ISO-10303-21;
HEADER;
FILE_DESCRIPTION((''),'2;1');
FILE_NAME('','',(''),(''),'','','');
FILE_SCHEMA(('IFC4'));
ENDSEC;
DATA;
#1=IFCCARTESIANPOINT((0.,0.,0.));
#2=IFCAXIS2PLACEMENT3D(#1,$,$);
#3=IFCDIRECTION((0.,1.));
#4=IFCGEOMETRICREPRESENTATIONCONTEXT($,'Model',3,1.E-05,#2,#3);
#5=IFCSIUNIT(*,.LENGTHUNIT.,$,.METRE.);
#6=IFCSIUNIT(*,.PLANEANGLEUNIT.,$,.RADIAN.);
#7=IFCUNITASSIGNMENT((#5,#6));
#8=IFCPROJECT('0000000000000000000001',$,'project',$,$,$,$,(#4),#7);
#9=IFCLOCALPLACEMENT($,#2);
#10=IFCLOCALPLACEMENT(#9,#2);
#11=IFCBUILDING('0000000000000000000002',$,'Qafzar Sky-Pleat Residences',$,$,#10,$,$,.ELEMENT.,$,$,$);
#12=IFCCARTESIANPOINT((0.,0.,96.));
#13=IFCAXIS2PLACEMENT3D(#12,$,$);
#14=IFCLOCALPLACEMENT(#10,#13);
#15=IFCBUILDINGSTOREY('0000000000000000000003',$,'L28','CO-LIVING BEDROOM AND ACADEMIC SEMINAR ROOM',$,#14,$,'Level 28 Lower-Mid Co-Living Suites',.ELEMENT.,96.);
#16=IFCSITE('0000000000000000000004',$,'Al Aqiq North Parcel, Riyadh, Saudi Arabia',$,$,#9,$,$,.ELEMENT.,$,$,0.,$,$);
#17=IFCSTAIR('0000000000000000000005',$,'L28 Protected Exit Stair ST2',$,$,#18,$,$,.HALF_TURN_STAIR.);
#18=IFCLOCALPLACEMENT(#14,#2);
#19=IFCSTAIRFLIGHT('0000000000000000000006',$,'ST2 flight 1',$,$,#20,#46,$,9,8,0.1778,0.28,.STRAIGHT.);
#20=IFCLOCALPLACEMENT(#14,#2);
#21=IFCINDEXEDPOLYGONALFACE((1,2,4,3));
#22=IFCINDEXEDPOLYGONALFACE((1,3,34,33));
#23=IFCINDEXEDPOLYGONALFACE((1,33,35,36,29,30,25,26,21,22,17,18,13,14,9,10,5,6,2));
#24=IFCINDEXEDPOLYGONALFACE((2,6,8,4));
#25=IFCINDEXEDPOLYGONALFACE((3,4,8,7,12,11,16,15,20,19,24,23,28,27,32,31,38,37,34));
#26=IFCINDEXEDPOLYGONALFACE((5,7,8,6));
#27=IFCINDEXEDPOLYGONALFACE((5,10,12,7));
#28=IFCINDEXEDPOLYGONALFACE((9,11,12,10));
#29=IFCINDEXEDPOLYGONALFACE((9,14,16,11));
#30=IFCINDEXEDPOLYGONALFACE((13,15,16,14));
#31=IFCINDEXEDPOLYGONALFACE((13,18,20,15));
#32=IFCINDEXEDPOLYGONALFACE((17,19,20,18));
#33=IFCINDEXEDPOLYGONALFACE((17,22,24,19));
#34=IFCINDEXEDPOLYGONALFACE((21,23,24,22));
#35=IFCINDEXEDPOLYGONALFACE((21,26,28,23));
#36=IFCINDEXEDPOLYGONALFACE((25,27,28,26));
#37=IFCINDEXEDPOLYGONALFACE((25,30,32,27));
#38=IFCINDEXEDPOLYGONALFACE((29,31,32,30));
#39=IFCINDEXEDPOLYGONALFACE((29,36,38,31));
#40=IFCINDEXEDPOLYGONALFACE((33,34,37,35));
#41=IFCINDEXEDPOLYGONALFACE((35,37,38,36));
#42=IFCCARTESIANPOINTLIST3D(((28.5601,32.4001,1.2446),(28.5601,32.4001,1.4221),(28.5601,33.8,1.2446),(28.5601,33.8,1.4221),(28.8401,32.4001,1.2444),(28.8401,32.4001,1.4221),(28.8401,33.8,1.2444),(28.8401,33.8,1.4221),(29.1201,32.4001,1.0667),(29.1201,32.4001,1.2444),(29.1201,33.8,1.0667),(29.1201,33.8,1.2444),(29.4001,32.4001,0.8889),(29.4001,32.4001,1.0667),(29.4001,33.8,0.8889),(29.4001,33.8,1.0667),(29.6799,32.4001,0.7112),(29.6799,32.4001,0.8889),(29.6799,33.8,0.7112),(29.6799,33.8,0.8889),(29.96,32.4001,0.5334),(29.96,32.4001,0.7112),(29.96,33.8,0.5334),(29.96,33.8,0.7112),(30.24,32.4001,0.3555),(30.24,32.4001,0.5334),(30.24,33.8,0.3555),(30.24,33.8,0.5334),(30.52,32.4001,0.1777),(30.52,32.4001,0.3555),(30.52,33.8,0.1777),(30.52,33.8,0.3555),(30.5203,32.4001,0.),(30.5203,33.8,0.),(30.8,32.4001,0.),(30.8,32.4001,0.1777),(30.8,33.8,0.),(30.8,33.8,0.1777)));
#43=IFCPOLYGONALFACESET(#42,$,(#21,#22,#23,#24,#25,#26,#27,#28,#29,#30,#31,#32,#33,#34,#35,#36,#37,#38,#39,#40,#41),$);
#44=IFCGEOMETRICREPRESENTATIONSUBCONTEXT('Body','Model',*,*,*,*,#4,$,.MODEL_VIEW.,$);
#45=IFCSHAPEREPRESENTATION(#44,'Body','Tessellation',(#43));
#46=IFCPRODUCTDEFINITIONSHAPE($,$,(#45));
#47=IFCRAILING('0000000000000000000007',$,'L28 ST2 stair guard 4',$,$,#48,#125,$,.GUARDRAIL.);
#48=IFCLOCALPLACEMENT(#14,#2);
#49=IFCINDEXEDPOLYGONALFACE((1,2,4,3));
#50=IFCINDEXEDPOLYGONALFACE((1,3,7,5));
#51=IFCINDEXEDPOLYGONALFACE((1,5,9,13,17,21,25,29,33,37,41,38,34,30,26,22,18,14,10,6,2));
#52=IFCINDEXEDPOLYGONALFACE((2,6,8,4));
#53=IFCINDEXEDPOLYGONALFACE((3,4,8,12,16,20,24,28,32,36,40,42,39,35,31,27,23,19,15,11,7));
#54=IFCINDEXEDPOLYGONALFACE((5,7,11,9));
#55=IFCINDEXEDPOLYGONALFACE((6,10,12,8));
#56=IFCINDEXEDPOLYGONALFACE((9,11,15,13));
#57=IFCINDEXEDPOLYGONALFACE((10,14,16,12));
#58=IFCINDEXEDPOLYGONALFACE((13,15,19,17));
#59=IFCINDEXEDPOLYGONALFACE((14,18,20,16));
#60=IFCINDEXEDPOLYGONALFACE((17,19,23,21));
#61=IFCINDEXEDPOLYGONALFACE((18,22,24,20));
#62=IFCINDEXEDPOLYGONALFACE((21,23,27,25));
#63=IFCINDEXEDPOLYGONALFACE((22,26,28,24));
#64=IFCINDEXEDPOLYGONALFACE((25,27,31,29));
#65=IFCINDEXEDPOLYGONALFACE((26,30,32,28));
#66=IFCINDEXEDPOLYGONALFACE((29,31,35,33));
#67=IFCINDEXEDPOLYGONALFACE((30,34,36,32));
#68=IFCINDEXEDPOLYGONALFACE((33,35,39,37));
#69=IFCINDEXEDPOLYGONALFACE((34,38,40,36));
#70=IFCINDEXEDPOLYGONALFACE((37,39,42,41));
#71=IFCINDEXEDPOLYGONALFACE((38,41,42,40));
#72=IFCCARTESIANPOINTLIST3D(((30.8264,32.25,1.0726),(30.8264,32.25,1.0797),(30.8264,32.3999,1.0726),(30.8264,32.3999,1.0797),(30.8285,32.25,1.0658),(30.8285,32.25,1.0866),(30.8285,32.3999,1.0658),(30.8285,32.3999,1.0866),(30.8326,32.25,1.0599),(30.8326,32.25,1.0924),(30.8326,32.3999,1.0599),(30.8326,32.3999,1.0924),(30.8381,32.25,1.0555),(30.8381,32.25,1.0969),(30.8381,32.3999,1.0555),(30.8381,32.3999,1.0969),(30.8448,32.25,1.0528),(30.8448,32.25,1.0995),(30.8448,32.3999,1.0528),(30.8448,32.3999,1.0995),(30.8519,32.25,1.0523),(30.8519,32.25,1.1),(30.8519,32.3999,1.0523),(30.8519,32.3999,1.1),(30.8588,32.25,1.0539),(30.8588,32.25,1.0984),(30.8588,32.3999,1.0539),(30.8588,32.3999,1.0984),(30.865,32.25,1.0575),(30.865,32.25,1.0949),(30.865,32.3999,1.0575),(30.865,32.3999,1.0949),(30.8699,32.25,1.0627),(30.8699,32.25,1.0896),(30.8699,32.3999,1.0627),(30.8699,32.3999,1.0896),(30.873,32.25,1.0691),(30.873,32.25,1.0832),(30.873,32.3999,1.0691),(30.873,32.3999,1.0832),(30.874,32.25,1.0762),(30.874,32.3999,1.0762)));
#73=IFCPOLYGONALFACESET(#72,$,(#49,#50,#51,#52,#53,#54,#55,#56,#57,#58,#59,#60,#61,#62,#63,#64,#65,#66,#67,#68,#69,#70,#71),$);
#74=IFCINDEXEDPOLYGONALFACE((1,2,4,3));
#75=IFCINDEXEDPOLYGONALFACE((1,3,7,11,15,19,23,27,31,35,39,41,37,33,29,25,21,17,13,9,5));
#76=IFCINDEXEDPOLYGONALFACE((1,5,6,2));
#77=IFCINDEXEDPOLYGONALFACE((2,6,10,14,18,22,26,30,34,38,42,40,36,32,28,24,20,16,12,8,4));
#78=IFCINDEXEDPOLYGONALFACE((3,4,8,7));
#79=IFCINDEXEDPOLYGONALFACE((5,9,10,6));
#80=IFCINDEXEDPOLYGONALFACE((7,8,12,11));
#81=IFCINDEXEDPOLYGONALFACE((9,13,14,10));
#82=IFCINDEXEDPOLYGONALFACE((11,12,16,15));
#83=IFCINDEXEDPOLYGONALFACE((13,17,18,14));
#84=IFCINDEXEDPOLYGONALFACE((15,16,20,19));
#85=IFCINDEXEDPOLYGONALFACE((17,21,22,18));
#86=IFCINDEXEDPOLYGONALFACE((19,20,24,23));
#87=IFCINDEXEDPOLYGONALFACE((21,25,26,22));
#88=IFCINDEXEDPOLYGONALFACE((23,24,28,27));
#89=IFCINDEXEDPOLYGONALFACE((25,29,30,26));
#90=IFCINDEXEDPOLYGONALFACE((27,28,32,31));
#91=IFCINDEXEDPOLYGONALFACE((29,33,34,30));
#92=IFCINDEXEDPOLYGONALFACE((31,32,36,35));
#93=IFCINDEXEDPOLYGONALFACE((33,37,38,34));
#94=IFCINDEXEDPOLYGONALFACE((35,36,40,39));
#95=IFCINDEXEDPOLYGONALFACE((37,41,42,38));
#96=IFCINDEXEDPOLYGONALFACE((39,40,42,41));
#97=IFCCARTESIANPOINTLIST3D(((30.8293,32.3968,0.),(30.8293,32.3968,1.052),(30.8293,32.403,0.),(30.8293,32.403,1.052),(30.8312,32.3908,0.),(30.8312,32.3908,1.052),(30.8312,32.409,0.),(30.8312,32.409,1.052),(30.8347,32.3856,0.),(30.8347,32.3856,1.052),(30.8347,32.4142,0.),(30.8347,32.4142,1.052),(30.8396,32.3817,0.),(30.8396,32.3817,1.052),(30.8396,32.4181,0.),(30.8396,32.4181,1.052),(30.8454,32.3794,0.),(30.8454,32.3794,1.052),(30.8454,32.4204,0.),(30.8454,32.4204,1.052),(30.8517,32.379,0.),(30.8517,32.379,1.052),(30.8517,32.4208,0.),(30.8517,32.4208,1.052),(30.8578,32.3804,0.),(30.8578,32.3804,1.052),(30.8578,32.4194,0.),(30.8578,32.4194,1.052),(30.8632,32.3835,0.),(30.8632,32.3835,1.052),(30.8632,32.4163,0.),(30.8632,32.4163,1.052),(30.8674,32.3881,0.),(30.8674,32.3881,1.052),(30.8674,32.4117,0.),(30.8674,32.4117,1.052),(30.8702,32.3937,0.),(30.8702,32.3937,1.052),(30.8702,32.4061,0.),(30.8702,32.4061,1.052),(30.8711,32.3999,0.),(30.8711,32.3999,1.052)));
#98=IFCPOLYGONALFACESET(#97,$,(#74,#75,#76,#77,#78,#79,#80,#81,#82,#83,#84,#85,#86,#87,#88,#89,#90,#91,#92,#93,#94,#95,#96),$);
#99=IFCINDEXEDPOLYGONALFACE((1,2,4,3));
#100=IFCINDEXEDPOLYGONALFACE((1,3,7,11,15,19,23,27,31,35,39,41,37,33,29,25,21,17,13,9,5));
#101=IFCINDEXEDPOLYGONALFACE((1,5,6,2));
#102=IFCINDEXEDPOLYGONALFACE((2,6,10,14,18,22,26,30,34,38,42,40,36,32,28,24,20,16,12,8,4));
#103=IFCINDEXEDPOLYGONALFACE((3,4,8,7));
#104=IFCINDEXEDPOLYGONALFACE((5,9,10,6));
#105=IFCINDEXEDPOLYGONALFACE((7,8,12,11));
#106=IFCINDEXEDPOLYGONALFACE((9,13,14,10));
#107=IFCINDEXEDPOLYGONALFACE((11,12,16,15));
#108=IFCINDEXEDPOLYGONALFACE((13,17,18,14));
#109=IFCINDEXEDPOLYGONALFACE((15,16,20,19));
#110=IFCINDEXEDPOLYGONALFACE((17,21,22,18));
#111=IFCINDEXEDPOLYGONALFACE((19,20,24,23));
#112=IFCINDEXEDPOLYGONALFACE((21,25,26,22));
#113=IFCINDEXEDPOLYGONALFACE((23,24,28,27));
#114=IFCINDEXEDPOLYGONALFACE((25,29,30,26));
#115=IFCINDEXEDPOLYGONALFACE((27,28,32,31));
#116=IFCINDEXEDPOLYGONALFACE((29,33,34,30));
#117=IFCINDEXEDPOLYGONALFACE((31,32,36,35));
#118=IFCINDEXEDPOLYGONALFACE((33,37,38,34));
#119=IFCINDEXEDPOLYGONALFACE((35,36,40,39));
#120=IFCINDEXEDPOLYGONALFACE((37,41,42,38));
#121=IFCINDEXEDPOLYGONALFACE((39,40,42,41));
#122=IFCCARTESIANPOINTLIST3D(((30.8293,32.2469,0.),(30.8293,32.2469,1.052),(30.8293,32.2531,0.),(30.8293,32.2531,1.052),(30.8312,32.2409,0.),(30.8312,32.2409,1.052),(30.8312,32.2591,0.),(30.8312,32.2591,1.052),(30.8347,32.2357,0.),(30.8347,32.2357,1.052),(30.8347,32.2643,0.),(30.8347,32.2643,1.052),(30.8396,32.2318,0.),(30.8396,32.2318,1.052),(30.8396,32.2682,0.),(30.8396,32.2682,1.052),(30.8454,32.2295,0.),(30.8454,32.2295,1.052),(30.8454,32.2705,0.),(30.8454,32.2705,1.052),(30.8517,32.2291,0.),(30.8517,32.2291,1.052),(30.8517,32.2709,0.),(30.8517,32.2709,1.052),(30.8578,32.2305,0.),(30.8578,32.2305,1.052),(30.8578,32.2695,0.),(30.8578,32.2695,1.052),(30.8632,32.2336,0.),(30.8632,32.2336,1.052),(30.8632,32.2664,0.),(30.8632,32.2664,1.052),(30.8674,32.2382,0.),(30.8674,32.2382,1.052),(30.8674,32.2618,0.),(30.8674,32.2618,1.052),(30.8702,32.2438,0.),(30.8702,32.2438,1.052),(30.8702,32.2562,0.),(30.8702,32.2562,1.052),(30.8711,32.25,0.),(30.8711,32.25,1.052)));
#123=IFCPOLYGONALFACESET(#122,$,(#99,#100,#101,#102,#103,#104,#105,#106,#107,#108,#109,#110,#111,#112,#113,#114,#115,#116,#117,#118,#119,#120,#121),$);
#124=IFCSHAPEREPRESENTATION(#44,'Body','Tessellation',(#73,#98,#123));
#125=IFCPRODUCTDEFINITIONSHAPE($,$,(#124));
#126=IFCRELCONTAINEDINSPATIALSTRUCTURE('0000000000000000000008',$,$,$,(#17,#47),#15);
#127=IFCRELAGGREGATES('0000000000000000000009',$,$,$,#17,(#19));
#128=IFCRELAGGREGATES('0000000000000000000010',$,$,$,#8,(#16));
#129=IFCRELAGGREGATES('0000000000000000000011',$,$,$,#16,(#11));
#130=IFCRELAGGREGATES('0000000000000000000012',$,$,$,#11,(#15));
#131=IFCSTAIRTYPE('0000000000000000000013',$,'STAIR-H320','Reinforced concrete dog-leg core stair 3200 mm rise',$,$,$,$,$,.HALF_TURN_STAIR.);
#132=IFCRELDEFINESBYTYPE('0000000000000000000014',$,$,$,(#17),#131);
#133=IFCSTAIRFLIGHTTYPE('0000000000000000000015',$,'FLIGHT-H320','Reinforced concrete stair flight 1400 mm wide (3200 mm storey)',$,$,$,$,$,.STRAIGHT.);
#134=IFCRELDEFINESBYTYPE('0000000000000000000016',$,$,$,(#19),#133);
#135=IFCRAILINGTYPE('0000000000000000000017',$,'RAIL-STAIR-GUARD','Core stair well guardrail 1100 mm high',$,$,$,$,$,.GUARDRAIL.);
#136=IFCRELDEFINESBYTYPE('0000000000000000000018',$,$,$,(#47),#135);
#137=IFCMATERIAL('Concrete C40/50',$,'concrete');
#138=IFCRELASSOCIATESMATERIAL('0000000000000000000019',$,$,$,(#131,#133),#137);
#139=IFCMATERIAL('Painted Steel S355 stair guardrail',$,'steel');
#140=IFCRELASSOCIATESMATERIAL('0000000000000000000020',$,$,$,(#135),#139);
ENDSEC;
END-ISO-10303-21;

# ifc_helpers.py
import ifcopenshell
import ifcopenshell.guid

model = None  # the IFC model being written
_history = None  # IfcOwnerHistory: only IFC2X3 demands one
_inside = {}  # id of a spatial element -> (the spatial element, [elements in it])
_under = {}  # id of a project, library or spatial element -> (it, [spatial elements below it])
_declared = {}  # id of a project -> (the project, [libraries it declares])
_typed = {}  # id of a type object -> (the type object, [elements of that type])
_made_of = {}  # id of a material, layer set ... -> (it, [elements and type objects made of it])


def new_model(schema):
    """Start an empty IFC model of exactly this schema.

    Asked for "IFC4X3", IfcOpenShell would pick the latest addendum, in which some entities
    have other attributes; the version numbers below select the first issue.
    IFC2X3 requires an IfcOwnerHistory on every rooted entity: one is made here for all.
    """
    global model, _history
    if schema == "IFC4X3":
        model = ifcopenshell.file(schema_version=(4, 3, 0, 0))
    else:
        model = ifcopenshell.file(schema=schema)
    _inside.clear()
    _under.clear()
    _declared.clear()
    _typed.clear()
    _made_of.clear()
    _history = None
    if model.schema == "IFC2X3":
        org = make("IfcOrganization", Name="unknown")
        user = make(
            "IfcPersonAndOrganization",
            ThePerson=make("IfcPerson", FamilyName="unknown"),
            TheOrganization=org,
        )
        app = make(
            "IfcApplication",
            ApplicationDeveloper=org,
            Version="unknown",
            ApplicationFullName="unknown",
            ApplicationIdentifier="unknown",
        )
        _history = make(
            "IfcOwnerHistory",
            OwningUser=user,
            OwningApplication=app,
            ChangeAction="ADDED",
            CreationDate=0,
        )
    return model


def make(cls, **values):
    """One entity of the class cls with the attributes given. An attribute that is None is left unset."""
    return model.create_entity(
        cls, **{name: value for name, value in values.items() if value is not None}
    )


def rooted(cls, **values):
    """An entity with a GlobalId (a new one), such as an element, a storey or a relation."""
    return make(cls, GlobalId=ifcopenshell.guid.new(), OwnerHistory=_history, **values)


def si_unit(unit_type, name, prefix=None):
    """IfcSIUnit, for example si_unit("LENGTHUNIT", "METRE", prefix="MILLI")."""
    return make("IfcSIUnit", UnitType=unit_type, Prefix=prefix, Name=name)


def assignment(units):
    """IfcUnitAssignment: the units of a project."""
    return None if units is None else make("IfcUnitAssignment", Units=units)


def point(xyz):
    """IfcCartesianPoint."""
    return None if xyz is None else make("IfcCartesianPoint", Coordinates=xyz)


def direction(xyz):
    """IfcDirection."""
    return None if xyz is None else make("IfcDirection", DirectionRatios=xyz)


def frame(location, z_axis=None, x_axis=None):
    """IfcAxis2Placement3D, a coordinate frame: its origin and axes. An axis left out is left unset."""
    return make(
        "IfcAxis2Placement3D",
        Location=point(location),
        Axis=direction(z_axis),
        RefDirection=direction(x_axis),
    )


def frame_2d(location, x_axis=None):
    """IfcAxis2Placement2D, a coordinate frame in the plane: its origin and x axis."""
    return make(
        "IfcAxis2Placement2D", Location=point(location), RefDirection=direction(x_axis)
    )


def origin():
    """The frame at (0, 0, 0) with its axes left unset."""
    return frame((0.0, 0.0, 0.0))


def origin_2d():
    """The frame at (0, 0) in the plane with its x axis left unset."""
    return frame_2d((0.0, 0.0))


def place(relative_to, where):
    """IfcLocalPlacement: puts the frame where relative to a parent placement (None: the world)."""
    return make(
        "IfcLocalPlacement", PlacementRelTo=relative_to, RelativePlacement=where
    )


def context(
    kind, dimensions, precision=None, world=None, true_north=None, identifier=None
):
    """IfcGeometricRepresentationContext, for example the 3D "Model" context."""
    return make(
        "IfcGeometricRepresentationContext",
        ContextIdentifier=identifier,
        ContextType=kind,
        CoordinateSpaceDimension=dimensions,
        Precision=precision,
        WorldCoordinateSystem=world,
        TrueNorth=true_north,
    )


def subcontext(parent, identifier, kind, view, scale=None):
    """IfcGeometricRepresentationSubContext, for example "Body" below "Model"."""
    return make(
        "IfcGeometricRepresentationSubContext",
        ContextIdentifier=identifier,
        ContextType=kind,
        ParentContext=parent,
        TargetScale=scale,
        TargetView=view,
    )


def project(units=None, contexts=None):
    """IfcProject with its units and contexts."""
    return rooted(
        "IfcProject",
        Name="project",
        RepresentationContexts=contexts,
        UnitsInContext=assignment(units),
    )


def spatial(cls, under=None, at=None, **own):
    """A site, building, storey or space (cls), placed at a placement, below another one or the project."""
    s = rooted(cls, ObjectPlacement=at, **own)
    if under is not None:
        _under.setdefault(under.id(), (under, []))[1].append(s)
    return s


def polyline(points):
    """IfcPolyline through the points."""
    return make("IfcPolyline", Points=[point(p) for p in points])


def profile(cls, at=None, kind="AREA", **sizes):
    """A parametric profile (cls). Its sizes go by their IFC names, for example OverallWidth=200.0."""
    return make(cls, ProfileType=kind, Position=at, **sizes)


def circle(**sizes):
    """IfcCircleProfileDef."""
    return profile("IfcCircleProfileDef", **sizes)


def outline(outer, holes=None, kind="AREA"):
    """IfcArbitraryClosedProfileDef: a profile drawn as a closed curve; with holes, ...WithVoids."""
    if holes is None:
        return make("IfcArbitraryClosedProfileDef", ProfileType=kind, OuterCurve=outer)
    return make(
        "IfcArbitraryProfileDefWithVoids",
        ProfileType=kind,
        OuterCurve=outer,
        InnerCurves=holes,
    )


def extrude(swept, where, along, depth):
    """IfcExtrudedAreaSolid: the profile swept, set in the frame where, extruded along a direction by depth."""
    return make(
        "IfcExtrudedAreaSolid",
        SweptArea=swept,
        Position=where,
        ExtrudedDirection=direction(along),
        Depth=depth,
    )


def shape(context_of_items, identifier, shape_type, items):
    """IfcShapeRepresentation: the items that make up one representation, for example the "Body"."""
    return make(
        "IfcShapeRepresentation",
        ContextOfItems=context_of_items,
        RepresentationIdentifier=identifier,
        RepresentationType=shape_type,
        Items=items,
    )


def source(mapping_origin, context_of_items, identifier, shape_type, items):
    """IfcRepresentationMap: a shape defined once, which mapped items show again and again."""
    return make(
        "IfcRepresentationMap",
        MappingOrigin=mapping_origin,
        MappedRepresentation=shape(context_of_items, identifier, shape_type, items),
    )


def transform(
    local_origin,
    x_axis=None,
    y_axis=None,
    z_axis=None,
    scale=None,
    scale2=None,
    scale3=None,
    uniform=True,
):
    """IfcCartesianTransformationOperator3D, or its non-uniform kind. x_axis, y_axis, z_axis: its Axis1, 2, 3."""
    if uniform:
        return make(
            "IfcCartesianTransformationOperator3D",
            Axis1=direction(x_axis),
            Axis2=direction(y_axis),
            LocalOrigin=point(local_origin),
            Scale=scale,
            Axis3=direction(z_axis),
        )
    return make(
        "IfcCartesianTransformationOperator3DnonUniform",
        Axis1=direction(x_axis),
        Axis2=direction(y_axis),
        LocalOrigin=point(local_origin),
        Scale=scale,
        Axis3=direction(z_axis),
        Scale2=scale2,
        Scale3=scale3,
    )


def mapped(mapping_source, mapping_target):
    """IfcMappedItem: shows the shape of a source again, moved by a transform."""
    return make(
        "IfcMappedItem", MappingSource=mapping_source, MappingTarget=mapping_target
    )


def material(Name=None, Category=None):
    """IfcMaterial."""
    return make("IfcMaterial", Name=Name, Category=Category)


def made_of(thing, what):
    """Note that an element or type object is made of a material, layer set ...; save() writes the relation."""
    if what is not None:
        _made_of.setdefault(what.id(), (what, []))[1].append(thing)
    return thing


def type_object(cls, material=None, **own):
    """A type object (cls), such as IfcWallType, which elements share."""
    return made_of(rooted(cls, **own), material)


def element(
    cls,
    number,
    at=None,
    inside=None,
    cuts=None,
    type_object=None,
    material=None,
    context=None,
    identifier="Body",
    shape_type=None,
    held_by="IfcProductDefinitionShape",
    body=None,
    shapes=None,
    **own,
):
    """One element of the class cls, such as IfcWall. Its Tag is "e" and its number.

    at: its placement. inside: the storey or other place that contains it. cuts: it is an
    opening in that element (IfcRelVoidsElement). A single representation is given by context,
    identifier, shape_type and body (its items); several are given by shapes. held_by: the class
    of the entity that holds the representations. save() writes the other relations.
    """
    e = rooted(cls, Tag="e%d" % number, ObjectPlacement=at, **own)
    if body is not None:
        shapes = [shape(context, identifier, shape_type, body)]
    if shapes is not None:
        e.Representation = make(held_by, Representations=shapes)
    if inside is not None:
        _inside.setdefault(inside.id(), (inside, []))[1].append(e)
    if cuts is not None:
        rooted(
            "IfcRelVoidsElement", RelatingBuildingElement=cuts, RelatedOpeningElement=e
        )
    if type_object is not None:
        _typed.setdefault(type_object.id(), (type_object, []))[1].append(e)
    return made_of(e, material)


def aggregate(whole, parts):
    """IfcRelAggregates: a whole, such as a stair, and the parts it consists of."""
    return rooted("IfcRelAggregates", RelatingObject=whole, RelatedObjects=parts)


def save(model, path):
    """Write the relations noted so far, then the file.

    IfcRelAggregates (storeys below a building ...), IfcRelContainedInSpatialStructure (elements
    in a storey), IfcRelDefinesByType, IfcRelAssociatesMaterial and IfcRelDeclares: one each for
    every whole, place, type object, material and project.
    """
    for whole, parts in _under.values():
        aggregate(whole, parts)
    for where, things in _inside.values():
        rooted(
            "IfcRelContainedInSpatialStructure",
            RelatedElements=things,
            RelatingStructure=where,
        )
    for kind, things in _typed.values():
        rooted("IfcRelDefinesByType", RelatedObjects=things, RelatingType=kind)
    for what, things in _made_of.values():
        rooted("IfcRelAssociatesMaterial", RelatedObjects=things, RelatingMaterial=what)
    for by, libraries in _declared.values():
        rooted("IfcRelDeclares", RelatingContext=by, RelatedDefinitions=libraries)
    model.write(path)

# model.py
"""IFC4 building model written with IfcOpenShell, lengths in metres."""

from ifc_helpers import new_model, si_unit, direction, frame, origin, origin_2d, place, context, subcontext, project, spatial, polyline, circle, outline, extrude, source, transform, mapped, material, type_object, element, aggregate, save


model = new_model("IFC4")

# Units and contexts
model_context = context("Model", 3, precision=1e-05, world=origin(), true_north=direction((0.0, 1.0)))
body_context = subcontext(model_context, "Body", "Model", "MODEL_VIEW")
ifc_project = project(units=[si_unit("LENGTHUNIT", "METRE"), si_unit("PLANEANGLEUNIT", "RADIAN")], contexts=[model_context])

# Site, building, storey
site_placement = place(None, origin())
site = spatial("IfcSite", under=ifc_project, at=site_placement, Name="Al Aqiq North Parcel, Riyadh, Saudi Arabia", CompositionType="ELEMENT", RefElevation=0.0)
building_placement = place(site_placement, origin())
building = spatial("IfcBuilding", under=site, at=building_placement, Name="Qafzar Sky-Pleat Residences", CompositionType="ELEMENT")
storey_placement = place(building_placement, frame((0.0, 0.0, 96.0)))
storey = spatial("IfcBuildingStorey", under=building, at=storey_placement, Name="L28", Description="CO-LIVING BEDROOM AND ACADEMIC SEMINAR ROOM", LongName="Level 28 Lower-Mid Co-Living Suites", CompositionType="ELEMENT", Elevation=96.0)

# Stair, stair flight
ifc_material_1 = material(Name="Concrete C40/50", Category="concrete")
stair_type = type_object("IfcStairType", Name="STAIR-H320", Description="Reinforced concrete dog-leg core stair 3200 mm rise", PredefinedType="HALF_TURN_STAIR", material=ifc_material_1)
stair_placement = place(storey_placement, origin())
stair = element("IfcStair", 1, at=stair_placement, inside=storey, type_object=stair_type, Name="L28 Protected Exit Stair ST2", PredefinedType="HALF_TURN_STAIR")
stair_flight_type = type_object("IfcStairFlightType", Name="FLIGHT-H320", Description="Reinforced concrete stair flight 1400 mm wide (3200 mm storey)", PredefinedType="STRAIGHT", material=ifc_material_1)
shared_shape_1 = source(origin(), body_context, "Body", "SweptSolid", [
    extrude(outline(polyline([(0.0, 0.0), (0.0, 0.1777), (0.28, 0.1777), (0.28, 0.3555), (0.5601, 0.3555), (0.5601, 0.5334), (0.8401, 0.5334), (0.8401, 0.7112), (1.1201, 0.7112), (1.1201, 0.8889), (1.3999, 0.8889), (1.3999, 1.0667), (1.6799, 1.0667), (1.6799, 1.2444), (1.96, 1.2444), (1.96, 1.4221), (2.24, 1.4221), (2.24, 1.6001), (2.24, 1.2446), (0.2798, 0.0), (0.0, 0.0)])), frame((0.0, 0.7, 0.0), z_axis=(0.0, -1.0, 0.0), x_axis=(1.0, 0.0, 0.0)), (0.0, 0.0, 1.0), 1.3999),
])
stair_flight_placement = place(storey_placement, frame((30.8, 33.1001, 0.0), z_axis=(0.0, 0.0, 1.0), x_axis=(-1.0, 0.0, 0.0)))
stair_flight = element("IfcStairFlight", 2, at=stair_flight_placement, type_object=stair_flight_type, Name="ST2 flight 1", NumberOfRisers=9, NumberOfTreads=8, PredefinedType="STRAIGHT", RiserHeight=0.1778, TreadLength=0.28, context=body_context, shape_type="MappedRepresentation", body=[
    mapped(shared_shape_1, transform((0.0, 0.0, 0.0), x_axis=(1.0, 0.0, 0.0), y_axis=(0.0, 1.0, 0.0), z_axis=(0.0, 0.0, 1.0), scale=1.0)),
])
aggregate(stair, [stair_flight])

# Railing
ifc_material_2 = material(Name="Painted Steel S355 stair guardrail", Category="steel")
railing_type_1 = type_object("IfcRailingType", Name="RAIL-STAIR-GUARD", Description="Core stair well guardrail 1100 mm high", PredefinedType="GUARDRAIL", material=ifc_material_2)
shared_shape_2 = source(origin(), body_context, "Body", "SweptSolid", [
    extrude(circle(Radius=0.0239, at=origin_2d()), frame((0.0, 0.0, 1.0762), z_axis=(0.0, -1.0, 0.0), x_axis=(1.0, 0.0, 0.0)), (0.0, 0.0, 1.0), 0.1499),
    extrude(circle(Radius=0.021, at=origin_2d()), origin(), (0.0, 0.0, 1.0), 1.052),
    extrude(circle(Radius=0.021, at=origin_2d()), frame((0.0, -0.1499, 0.0)), (0.0, 0.0, 1.0), 1.052),
])
railing_1_placement = place(storey_placement, frame((30.8501, 32.3999, 0.0)))
element("IfcRailing", 3, at=railing_1_placement, inside=storey, type_object=railing_type_1, Name="L28 ST2 stair guard 4", PredefinedType="GUARDRAIL", context=body_context, shape_type="MappedRepresentation", body=[
    mapped(shared_shape_2, transform((0.0, 0.0, 0.0), x_axis=(1.0, 0.0, 0.0), y_axis=(0.0, 1.0, 0.0), z_axis=(0.0, 0.0, 1.0), scale=1.0)),
])

save(model, "model.ifc")
